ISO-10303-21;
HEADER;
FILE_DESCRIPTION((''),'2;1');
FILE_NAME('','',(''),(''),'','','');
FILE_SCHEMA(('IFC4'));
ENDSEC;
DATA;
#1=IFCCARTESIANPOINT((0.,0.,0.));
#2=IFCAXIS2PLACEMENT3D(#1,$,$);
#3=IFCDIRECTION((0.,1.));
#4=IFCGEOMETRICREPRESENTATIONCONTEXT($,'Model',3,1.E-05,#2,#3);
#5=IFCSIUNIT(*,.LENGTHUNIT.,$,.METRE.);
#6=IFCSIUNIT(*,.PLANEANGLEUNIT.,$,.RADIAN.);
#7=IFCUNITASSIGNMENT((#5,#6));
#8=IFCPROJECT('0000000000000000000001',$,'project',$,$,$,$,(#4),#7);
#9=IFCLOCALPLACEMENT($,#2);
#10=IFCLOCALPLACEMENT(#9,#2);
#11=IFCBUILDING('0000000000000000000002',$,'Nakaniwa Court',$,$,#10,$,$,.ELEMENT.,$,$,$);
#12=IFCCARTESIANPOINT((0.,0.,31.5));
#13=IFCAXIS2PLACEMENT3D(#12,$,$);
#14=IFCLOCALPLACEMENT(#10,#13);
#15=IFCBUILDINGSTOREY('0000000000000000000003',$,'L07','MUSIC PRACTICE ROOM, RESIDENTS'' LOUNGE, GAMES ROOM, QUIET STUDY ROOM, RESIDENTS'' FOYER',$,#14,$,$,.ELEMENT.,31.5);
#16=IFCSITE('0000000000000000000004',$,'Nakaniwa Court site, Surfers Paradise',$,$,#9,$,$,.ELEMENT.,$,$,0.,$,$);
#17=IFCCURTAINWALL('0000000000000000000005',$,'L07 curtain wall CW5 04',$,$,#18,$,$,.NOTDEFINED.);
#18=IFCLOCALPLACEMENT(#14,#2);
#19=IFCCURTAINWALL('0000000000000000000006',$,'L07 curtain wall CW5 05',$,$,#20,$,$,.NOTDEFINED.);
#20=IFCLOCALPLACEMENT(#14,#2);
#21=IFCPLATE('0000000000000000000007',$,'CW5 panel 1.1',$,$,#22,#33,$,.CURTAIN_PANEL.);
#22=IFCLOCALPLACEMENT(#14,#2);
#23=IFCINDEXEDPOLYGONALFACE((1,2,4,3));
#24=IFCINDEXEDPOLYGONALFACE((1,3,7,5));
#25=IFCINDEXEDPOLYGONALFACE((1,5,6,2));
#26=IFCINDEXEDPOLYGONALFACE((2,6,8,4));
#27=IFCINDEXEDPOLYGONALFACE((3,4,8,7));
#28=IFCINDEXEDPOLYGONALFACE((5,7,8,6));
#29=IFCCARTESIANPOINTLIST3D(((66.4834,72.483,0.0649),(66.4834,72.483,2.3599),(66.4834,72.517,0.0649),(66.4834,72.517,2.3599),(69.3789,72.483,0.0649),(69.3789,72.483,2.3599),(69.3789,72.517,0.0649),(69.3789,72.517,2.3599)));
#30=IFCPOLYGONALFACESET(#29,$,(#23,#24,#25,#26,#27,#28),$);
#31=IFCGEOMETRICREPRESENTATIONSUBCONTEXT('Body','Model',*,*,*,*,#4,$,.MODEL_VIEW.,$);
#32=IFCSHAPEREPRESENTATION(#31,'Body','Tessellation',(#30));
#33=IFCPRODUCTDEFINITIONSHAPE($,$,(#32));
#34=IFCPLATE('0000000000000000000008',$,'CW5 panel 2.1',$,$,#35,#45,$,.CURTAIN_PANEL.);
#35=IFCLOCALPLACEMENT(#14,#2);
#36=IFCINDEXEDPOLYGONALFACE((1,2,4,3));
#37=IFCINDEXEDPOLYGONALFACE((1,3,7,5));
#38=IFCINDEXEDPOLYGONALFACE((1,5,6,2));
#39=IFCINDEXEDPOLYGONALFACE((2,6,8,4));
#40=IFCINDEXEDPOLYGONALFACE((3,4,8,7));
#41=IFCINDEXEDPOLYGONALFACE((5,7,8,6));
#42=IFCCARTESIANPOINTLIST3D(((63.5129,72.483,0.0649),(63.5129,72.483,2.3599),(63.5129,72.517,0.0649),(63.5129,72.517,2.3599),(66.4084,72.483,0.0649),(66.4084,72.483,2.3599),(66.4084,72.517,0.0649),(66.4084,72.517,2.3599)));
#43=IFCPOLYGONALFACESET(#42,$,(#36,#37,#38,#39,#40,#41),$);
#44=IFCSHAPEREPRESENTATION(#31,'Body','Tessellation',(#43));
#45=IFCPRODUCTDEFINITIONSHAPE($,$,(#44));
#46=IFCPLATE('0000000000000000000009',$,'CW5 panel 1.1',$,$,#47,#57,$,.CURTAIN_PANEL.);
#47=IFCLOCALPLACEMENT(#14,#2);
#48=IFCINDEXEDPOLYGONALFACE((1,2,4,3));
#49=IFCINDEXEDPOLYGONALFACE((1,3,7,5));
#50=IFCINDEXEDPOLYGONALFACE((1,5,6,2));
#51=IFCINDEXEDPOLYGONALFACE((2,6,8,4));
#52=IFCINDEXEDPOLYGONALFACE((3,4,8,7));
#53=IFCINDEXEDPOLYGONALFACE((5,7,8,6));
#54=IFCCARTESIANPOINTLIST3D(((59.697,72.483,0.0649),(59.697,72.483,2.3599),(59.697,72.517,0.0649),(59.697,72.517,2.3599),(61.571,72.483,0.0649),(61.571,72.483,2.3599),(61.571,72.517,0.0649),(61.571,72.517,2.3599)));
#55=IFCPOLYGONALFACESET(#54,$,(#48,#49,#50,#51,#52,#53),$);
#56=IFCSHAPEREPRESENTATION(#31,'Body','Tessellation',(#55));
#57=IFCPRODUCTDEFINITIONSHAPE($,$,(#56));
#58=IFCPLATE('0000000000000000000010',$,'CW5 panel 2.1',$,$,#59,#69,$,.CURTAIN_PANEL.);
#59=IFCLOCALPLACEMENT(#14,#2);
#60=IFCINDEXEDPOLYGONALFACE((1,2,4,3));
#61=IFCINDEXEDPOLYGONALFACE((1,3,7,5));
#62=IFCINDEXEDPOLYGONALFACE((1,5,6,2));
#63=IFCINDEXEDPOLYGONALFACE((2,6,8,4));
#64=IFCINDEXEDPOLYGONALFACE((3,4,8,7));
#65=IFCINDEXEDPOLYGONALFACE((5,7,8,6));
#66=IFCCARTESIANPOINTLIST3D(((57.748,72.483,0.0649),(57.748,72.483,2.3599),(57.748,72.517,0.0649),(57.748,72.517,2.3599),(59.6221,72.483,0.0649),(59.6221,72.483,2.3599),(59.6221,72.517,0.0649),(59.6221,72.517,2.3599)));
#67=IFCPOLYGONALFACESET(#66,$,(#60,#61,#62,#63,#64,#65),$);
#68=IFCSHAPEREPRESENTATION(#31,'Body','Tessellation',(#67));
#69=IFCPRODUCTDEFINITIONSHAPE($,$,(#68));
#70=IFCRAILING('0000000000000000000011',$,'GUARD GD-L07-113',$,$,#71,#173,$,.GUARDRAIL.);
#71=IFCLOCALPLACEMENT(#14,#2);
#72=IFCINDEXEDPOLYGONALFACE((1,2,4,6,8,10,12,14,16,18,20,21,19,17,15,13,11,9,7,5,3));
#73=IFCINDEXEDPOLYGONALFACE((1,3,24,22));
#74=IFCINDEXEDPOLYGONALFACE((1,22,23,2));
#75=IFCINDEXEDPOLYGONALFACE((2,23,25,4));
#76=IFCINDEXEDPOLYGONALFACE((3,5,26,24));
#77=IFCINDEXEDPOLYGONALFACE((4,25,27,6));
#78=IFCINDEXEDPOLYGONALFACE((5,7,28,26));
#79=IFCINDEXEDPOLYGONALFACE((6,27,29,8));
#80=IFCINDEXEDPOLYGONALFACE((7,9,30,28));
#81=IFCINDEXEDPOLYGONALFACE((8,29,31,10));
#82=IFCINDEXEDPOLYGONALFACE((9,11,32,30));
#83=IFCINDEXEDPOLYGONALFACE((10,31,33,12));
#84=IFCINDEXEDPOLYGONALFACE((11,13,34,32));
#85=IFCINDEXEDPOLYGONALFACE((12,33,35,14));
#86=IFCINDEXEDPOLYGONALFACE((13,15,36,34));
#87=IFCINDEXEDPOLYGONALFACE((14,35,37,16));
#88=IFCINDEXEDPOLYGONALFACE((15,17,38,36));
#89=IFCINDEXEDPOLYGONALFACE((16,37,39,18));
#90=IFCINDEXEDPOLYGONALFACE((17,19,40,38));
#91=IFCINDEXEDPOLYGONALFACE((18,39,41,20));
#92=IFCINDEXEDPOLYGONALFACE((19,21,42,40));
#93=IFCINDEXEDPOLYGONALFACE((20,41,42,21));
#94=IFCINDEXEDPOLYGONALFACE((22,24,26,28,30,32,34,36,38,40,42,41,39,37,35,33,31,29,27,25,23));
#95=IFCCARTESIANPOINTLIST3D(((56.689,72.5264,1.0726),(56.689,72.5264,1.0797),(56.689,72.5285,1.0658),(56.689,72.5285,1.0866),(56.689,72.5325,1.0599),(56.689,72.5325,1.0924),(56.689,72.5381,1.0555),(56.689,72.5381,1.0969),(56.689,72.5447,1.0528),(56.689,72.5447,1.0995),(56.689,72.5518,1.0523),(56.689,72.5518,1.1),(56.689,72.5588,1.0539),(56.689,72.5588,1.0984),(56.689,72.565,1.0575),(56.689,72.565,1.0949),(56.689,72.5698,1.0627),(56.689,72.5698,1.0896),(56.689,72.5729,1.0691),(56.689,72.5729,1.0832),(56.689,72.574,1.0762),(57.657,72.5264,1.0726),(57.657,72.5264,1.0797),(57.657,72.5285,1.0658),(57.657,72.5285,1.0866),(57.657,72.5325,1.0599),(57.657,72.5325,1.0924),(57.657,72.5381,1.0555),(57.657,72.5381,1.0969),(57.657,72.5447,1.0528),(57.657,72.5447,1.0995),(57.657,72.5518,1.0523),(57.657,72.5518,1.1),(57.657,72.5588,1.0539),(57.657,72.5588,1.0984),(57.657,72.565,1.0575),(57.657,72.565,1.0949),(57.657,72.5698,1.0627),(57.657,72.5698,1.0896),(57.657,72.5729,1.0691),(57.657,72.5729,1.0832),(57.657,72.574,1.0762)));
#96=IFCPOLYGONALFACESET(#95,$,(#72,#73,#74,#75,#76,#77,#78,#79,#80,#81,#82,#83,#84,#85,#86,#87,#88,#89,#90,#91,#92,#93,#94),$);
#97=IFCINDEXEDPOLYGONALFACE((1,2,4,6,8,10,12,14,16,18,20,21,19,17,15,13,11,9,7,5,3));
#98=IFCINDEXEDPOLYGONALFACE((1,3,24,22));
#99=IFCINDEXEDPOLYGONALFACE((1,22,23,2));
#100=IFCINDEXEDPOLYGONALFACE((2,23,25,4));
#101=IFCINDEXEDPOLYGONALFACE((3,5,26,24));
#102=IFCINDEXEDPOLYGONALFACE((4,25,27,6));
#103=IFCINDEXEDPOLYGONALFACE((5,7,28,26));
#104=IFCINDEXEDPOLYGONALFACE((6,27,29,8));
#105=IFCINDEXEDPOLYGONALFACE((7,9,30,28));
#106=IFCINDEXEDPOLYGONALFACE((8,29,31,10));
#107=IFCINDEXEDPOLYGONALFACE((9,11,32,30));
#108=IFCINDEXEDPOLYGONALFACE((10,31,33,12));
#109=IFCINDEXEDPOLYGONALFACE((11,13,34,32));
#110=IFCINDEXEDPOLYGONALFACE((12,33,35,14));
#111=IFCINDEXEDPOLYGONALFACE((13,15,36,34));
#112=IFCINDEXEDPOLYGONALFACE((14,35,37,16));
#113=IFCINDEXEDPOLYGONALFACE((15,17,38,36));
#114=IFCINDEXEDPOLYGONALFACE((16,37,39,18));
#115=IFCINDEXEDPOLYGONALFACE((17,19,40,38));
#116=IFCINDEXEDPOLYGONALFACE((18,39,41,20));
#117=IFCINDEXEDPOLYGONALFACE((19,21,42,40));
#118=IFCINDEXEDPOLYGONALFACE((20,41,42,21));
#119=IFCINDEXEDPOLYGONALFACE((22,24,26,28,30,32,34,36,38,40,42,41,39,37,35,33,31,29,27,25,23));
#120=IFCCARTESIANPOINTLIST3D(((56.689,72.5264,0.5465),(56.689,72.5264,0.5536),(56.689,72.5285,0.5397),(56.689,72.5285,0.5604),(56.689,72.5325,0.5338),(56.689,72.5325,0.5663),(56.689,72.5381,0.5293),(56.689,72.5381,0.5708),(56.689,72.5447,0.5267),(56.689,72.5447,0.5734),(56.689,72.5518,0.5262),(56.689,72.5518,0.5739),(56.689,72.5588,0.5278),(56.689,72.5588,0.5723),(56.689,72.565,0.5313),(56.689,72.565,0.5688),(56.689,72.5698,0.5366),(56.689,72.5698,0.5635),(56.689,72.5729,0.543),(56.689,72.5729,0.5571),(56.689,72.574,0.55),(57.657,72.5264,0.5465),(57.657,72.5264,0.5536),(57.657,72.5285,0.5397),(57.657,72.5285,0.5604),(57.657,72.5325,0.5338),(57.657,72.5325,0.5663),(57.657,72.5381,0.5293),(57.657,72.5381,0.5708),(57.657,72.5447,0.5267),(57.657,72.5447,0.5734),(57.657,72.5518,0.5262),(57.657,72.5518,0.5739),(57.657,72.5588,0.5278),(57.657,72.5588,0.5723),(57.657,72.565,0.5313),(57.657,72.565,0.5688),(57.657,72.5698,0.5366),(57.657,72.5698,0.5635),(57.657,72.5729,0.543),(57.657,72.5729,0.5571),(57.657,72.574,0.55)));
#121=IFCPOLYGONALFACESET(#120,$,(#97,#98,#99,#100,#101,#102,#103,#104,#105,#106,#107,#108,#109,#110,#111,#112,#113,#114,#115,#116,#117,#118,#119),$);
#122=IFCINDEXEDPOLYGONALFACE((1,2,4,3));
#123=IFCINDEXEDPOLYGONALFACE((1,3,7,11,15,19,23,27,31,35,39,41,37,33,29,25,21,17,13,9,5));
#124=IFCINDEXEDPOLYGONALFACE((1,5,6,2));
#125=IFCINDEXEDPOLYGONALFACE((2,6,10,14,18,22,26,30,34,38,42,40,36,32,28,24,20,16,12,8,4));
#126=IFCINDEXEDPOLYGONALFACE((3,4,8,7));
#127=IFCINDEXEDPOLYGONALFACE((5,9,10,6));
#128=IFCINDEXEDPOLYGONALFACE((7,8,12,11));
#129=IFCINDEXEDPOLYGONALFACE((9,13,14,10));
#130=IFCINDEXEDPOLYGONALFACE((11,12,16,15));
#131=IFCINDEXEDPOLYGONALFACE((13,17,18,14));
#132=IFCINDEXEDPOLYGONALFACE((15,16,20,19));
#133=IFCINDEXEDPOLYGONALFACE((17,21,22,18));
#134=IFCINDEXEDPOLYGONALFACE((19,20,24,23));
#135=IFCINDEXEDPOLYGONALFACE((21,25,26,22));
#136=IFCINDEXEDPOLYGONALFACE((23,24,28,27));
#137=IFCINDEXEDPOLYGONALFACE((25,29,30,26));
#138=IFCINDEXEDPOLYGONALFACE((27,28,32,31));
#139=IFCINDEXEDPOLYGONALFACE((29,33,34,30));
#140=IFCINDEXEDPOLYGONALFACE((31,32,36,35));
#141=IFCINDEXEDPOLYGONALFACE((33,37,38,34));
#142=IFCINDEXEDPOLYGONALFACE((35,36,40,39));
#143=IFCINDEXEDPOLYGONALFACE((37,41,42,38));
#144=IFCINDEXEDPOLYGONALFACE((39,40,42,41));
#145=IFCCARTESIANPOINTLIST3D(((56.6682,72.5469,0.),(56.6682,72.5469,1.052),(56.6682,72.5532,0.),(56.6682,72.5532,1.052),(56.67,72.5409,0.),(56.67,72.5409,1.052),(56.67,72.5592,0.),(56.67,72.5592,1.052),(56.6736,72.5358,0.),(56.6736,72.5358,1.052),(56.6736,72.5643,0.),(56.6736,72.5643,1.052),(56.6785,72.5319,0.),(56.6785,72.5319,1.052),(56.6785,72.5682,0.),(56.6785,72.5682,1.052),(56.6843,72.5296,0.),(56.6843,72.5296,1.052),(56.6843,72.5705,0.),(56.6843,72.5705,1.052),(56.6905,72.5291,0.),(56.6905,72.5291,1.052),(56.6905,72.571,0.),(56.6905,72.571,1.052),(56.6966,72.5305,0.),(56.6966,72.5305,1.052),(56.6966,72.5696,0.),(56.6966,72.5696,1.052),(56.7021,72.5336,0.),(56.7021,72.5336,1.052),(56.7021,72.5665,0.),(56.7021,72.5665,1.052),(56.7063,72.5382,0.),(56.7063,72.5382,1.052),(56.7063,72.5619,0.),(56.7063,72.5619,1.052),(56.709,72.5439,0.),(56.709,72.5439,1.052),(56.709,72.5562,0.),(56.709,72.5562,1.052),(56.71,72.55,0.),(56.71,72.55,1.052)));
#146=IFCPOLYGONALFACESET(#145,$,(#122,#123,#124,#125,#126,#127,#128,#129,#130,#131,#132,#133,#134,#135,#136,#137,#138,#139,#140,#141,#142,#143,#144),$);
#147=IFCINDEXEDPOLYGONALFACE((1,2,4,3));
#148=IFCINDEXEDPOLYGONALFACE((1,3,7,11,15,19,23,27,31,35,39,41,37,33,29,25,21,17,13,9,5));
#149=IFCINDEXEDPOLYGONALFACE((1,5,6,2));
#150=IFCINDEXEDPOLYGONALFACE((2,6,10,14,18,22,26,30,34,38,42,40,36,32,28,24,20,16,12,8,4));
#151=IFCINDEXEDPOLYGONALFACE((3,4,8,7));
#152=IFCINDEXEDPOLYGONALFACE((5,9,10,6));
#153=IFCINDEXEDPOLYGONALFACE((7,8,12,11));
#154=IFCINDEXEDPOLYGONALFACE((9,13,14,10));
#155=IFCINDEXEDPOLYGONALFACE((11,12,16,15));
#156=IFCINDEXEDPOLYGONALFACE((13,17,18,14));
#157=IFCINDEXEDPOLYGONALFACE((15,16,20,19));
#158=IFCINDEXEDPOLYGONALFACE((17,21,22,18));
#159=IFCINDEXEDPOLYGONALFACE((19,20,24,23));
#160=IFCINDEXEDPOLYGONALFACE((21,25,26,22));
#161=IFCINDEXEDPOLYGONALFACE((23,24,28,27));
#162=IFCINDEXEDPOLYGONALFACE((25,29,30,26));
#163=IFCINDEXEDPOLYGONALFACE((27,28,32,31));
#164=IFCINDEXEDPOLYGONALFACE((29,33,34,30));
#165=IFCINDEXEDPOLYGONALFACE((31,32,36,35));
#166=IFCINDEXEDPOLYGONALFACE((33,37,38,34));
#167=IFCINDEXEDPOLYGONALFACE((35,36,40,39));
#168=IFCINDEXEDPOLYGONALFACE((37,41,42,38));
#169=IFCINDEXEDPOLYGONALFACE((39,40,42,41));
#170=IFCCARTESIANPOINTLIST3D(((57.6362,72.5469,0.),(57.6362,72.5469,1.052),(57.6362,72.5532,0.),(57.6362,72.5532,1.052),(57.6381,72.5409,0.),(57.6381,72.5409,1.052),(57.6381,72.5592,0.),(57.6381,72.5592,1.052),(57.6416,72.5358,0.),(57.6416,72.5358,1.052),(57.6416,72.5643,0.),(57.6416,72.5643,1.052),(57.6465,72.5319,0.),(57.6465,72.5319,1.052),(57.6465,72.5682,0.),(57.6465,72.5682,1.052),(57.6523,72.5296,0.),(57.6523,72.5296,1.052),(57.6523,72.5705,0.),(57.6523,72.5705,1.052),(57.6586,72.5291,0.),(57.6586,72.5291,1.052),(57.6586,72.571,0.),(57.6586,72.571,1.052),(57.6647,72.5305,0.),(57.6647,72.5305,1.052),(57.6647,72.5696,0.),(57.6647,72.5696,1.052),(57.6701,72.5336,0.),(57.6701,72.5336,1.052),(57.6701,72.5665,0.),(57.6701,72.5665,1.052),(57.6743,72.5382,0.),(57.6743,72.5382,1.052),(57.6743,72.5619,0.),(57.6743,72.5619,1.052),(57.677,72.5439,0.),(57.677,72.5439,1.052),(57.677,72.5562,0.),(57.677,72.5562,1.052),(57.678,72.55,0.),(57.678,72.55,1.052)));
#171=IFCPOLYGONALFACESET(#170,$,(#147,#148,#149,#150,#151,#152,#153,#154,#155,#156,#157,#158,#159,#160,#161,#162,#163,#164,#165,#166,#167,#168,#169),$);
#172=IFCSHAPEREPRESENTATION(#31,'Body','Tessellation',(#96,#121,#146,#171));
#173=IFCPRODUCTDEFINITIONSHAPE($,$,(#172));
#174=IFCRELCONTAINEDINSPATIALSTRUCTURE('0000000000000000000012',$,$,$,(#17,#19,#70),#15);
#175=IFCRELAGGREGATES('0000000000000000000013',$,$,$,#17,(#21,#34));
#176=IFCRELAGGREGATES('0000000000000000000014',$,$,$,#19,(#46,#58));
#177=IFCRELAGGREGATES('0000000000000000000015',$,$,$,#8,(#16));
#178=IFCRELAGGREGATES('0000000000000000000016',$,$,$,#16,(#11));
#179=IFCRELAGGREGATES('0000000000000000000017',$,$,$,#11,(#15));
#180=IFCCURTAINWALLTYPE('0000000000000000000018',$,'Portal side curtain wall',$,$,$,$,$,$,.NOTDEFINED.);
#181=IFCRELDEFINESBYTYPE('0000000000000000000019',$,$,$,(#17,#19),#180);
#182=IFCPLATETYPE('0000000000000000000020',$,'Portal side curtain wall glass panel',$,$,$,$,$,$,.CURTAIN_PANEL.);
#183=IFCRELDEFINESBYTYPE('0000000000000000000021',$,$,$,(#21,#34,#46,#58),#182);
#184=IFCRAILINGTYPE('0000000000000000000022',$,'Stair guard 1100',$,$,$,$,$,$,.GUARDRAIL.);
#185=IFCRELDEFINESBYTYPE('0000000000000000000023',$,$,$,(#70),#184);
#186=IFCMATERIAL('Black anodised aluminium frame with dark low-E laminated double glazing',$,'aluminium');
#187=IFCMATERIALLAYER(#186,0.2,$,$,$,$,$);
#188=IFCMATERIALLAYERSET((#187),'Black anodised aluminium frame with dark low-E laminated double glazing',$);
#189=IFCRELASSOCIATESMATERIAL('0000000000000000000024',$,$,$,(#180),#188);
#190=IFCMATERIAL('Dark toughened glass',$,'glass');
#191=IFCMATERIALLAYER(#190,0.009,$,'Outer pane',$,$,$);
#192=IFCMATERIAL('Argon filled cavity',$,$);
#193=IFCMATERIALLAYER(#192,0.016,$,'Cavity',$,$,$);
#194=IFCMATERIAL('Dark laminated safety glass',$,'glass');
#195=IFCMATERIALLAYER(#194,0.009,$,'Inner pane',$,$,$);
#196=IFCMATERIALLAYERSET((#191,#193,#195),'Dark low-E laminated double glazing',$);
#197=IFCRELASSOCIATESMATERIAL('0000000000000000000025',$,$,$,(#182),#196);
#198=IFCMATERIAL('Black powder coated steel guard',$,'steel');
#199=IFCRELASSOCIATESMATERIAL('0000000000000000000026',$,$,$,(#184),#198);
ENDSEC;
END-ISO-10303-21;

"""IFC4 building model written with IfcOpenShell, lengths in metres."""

from ifc_helpers import new_model, si_unit, direction, frame, origin, origin_2d, place, context, subcontext, project, spatial, rectangle, circle, extrude, material, layer, layer_set, type_object, element, aggregate, save


model = new_model("IFC4")

# Units and contexts
model_context = context("Model", 3, precision=1e-05, world=origin(), true_north=direction((0.0, 1.0)))
body_context = subcontext(model_context, "Body", "Model", "MODEL_VIEW")
ifc_project = project(units=[si_unit("LENGTHUNIT", "METRE"), si_unit("PLANEANGLEUNIT", "RADIAN")], contexts=[model_context])

# Site, building, storey
site_placement = place(None, origin())
site = spatial("IfcSite", under=ifc_project, at=site_placement, Name="Nakaniwa Court site, Surfers Paradise", CompositionType="ELEMENT", RefElevation=0.0)
building_placement = place(site_placement, origin())
building = spatial("IfcBuilding", under=site, at=building_placement, Name="Nakaniwa Court", CompositionType="ELEMENT")
storey_placement = place(building_placement, frame((0.0, 0.0, 31.5)))
storey = spatial("IfcBuildingStorey", under=building, at=storey_placement, Name="L07", Description="MUSIC PRACTICE ROOM, RESIDENTS' LOUNGE, GAMES ROOM, QUIET STUDY ROOM, RESIDENTS' FOYER", CompositionType="ELEMENT", Elevation=31.5)

# Curtain walls
ifc_material_1 = material(Name="Black anodised aluminium frame with dark low-E laminated double glazing", Category="aluminium")
ifc_layer_1 = layer(ifc_material_1, 0.2)
ifc_layer_set_1 = layer_set([ifc_layer_1], Name="Black anodised aluminium frame with dark low-E laminated double glazing")
curtain_wall_type = type_object("IfcCurtainWallType", Name="Portal side curtain wall", PredefinedType="NOTDEFINED", material=ifc_layer_set_1)
curtain_wall_1_placement = place(storey_placement, origin())
curtain_wall_1 = element("IfcCurtainWall", 1, at=curtain_wall_1_placement, inside=storey, type_object=curtain_wall_type, Name="L07 curtain wall CW5 04", PredefinedType="NOTDEFINED")
curtain_wall_2_placement = place(storey_placement, origin())
curtain_wall_2 = element("IfcCurtainWall", 2, at=curtain_wall_2_placement, inside=storey, type_object=curtain_wall_type, Name="L07 curtain wall CW5 05", PredefinedType="NOTDEFINED")

# Plates
ifc_material_2 = material(Name="Dark toughened glass", Category="glass")
ifc_layer_2 = layer(ifc_material_2, 0.009, Name="Outer pane")
ifc_material_3 = material(Name="Argon filled cavity")
ifc_layer_3 = layer(ifc_material_3, 0.016, Name="Cavity")
ifc_material_4 = material(Name="Dark laminated safety glass", Category="glass")
ifc_layer_4 = layer(ifc_material_4, 0.009, Name="Inner pane")
ifc_layer_set_2 = layer_set([ifc_layer_2, ifc_layer_3, ifc_layer_4], Name="Dark low-E laminated double glazing")
plate_type = type_object("IfcPlateType", Name="Portal side curtain wall glass panel", PredefinedType="CURTAIN_PANEL", material=ifc_layer_set_2)
plate_1_placement = place(storey_placement, frame((67.9312, 72.5, 0.0649), z_axis=(0.0, 0.0, 1.0), x_axis=(-1.0, 0.0, 0.0)))
plate_1 = element("IfcPlate", 3, at=plate_1_placement, type_object=plate_type, Name="CW5 panel 1.1", PredefinedType="CURTAIN_PANEL", context=body_context, shape_type="SweptSolid", body=[
    extrude(rectangle(XDim=2.8955, YDim=0.0339, at=origin_2d()), origin(), (0.0, 0.0, 1.0), 2.2949),
])
plate_2_placement = place(storey_placement, frame((64.9607, 72.5, 0.0649), z_axis=(0.0, 0.0, 1.0), x_axis=(-1.0, 0.0, 0.0)))
plate_2 = element("IfcPlate", 4, at=plate_2_placement, type_object=plate_type, Name="CW5 panel 2.1", PredefinedType="CURTAIN_PANEL", context=body_context, shape_type="SweptSolid", body=[
    extrude(rectangle(XDim=2.8955, YDim=0.0339, at=origin_2d()), origin(), (0.0, 0.0, 1.0), 2.2949),
])
aggregate(curtain_wall_1, [plate_1, plate_2])
plate_3_placement = place(storey_placement, frame((60.634, 72.5, 0.0649), z_axis=(0.0, 0.0, 1.0), x_axis=(-1.0, 0.0, 0.0)))
plate_3 = element("IfcPlate", 5, at=plate_3_placement, type_object=plate_type, Name="CW5 panel 1.1", PredefinedType="CURTAIN_PANEL", context=body_context, shape_type="SweptSolid", body=[
    extrude(rectangle(XDim=1.874, YDim=0.0339, at=origin_2d()), origin(), (0.0, 0.0, 1.0), 2.2949),
])
plate_4_placement = place(storey_placement, frame((58.6851, 72.5, 0.0649), z_axis=(0.0, 0.0, 1.0), x_axis=(-1.0, 0.0, 0.0)))
plate_4 = element("IfcPlate", 6, at=plate_4_placement, type_object=plate_type, Name="CW5 panel 2.1", PredefinedType="CURTAIN_PANEL", context=body_context, shape_type="SweptSolid", body=[
    extrude(rectangle(XDim=1.874, YDim=0.0339, at=origin_2d()), origin(), (0.0, 0.0, 1.0), 2.2949),
])
aggregate(curtain_wall_2, [plate_3, plate_4])

# Railing
ifc_material_5 = material(Name="Black powder coated steel guard", Category="steel")
railing_type = type_object("IfcRailingType", Name="Stair guard 1100", PredefinedType="GUARDRAIL", material=ifc_material_5)
railing_1_placement = place(storey_placement, frame((56.689, 72.55, 0.0)))
element("IfcRailing", 7, at=railing_1_placement, inside=storey, type_object=railing_type, Name="GUARD GD-L07-113", PredefinedType="GUARDRAIL", context=body_context, shape_type="SweptSolid", body=[
    extrude(circle(Radius=0.0239, at=origin_2d()), frame((0.0, 0.0, 1.0762), z_axis=(1.0, 0.0, 0.0), x_axis=(0.0, 1.0, 0.0)), (0.0, 0.0, 1.0), 0.968),
    extrude(circle(Radius=0.0239, at=origin_2d()), frame((0.0, 0.0, 0.55), z_axis=(1.0, 0.0, 0.0), x_axis=(0.0, 1.0, 0.0)), (0.0, 0.0, 1.0), 0.968),
    extrude(circle(Radius=0.021, at=origin_2d()), origin(), (0.0, 0.0, 1.0), 1.052),
    extrude(circle(Radius=0.021, at=origin_2d()), frame((0.968, 0.0, 0.0)), (0.0, 0.0, 1.0), 1.052),
])

save(model, "model.ifc")
